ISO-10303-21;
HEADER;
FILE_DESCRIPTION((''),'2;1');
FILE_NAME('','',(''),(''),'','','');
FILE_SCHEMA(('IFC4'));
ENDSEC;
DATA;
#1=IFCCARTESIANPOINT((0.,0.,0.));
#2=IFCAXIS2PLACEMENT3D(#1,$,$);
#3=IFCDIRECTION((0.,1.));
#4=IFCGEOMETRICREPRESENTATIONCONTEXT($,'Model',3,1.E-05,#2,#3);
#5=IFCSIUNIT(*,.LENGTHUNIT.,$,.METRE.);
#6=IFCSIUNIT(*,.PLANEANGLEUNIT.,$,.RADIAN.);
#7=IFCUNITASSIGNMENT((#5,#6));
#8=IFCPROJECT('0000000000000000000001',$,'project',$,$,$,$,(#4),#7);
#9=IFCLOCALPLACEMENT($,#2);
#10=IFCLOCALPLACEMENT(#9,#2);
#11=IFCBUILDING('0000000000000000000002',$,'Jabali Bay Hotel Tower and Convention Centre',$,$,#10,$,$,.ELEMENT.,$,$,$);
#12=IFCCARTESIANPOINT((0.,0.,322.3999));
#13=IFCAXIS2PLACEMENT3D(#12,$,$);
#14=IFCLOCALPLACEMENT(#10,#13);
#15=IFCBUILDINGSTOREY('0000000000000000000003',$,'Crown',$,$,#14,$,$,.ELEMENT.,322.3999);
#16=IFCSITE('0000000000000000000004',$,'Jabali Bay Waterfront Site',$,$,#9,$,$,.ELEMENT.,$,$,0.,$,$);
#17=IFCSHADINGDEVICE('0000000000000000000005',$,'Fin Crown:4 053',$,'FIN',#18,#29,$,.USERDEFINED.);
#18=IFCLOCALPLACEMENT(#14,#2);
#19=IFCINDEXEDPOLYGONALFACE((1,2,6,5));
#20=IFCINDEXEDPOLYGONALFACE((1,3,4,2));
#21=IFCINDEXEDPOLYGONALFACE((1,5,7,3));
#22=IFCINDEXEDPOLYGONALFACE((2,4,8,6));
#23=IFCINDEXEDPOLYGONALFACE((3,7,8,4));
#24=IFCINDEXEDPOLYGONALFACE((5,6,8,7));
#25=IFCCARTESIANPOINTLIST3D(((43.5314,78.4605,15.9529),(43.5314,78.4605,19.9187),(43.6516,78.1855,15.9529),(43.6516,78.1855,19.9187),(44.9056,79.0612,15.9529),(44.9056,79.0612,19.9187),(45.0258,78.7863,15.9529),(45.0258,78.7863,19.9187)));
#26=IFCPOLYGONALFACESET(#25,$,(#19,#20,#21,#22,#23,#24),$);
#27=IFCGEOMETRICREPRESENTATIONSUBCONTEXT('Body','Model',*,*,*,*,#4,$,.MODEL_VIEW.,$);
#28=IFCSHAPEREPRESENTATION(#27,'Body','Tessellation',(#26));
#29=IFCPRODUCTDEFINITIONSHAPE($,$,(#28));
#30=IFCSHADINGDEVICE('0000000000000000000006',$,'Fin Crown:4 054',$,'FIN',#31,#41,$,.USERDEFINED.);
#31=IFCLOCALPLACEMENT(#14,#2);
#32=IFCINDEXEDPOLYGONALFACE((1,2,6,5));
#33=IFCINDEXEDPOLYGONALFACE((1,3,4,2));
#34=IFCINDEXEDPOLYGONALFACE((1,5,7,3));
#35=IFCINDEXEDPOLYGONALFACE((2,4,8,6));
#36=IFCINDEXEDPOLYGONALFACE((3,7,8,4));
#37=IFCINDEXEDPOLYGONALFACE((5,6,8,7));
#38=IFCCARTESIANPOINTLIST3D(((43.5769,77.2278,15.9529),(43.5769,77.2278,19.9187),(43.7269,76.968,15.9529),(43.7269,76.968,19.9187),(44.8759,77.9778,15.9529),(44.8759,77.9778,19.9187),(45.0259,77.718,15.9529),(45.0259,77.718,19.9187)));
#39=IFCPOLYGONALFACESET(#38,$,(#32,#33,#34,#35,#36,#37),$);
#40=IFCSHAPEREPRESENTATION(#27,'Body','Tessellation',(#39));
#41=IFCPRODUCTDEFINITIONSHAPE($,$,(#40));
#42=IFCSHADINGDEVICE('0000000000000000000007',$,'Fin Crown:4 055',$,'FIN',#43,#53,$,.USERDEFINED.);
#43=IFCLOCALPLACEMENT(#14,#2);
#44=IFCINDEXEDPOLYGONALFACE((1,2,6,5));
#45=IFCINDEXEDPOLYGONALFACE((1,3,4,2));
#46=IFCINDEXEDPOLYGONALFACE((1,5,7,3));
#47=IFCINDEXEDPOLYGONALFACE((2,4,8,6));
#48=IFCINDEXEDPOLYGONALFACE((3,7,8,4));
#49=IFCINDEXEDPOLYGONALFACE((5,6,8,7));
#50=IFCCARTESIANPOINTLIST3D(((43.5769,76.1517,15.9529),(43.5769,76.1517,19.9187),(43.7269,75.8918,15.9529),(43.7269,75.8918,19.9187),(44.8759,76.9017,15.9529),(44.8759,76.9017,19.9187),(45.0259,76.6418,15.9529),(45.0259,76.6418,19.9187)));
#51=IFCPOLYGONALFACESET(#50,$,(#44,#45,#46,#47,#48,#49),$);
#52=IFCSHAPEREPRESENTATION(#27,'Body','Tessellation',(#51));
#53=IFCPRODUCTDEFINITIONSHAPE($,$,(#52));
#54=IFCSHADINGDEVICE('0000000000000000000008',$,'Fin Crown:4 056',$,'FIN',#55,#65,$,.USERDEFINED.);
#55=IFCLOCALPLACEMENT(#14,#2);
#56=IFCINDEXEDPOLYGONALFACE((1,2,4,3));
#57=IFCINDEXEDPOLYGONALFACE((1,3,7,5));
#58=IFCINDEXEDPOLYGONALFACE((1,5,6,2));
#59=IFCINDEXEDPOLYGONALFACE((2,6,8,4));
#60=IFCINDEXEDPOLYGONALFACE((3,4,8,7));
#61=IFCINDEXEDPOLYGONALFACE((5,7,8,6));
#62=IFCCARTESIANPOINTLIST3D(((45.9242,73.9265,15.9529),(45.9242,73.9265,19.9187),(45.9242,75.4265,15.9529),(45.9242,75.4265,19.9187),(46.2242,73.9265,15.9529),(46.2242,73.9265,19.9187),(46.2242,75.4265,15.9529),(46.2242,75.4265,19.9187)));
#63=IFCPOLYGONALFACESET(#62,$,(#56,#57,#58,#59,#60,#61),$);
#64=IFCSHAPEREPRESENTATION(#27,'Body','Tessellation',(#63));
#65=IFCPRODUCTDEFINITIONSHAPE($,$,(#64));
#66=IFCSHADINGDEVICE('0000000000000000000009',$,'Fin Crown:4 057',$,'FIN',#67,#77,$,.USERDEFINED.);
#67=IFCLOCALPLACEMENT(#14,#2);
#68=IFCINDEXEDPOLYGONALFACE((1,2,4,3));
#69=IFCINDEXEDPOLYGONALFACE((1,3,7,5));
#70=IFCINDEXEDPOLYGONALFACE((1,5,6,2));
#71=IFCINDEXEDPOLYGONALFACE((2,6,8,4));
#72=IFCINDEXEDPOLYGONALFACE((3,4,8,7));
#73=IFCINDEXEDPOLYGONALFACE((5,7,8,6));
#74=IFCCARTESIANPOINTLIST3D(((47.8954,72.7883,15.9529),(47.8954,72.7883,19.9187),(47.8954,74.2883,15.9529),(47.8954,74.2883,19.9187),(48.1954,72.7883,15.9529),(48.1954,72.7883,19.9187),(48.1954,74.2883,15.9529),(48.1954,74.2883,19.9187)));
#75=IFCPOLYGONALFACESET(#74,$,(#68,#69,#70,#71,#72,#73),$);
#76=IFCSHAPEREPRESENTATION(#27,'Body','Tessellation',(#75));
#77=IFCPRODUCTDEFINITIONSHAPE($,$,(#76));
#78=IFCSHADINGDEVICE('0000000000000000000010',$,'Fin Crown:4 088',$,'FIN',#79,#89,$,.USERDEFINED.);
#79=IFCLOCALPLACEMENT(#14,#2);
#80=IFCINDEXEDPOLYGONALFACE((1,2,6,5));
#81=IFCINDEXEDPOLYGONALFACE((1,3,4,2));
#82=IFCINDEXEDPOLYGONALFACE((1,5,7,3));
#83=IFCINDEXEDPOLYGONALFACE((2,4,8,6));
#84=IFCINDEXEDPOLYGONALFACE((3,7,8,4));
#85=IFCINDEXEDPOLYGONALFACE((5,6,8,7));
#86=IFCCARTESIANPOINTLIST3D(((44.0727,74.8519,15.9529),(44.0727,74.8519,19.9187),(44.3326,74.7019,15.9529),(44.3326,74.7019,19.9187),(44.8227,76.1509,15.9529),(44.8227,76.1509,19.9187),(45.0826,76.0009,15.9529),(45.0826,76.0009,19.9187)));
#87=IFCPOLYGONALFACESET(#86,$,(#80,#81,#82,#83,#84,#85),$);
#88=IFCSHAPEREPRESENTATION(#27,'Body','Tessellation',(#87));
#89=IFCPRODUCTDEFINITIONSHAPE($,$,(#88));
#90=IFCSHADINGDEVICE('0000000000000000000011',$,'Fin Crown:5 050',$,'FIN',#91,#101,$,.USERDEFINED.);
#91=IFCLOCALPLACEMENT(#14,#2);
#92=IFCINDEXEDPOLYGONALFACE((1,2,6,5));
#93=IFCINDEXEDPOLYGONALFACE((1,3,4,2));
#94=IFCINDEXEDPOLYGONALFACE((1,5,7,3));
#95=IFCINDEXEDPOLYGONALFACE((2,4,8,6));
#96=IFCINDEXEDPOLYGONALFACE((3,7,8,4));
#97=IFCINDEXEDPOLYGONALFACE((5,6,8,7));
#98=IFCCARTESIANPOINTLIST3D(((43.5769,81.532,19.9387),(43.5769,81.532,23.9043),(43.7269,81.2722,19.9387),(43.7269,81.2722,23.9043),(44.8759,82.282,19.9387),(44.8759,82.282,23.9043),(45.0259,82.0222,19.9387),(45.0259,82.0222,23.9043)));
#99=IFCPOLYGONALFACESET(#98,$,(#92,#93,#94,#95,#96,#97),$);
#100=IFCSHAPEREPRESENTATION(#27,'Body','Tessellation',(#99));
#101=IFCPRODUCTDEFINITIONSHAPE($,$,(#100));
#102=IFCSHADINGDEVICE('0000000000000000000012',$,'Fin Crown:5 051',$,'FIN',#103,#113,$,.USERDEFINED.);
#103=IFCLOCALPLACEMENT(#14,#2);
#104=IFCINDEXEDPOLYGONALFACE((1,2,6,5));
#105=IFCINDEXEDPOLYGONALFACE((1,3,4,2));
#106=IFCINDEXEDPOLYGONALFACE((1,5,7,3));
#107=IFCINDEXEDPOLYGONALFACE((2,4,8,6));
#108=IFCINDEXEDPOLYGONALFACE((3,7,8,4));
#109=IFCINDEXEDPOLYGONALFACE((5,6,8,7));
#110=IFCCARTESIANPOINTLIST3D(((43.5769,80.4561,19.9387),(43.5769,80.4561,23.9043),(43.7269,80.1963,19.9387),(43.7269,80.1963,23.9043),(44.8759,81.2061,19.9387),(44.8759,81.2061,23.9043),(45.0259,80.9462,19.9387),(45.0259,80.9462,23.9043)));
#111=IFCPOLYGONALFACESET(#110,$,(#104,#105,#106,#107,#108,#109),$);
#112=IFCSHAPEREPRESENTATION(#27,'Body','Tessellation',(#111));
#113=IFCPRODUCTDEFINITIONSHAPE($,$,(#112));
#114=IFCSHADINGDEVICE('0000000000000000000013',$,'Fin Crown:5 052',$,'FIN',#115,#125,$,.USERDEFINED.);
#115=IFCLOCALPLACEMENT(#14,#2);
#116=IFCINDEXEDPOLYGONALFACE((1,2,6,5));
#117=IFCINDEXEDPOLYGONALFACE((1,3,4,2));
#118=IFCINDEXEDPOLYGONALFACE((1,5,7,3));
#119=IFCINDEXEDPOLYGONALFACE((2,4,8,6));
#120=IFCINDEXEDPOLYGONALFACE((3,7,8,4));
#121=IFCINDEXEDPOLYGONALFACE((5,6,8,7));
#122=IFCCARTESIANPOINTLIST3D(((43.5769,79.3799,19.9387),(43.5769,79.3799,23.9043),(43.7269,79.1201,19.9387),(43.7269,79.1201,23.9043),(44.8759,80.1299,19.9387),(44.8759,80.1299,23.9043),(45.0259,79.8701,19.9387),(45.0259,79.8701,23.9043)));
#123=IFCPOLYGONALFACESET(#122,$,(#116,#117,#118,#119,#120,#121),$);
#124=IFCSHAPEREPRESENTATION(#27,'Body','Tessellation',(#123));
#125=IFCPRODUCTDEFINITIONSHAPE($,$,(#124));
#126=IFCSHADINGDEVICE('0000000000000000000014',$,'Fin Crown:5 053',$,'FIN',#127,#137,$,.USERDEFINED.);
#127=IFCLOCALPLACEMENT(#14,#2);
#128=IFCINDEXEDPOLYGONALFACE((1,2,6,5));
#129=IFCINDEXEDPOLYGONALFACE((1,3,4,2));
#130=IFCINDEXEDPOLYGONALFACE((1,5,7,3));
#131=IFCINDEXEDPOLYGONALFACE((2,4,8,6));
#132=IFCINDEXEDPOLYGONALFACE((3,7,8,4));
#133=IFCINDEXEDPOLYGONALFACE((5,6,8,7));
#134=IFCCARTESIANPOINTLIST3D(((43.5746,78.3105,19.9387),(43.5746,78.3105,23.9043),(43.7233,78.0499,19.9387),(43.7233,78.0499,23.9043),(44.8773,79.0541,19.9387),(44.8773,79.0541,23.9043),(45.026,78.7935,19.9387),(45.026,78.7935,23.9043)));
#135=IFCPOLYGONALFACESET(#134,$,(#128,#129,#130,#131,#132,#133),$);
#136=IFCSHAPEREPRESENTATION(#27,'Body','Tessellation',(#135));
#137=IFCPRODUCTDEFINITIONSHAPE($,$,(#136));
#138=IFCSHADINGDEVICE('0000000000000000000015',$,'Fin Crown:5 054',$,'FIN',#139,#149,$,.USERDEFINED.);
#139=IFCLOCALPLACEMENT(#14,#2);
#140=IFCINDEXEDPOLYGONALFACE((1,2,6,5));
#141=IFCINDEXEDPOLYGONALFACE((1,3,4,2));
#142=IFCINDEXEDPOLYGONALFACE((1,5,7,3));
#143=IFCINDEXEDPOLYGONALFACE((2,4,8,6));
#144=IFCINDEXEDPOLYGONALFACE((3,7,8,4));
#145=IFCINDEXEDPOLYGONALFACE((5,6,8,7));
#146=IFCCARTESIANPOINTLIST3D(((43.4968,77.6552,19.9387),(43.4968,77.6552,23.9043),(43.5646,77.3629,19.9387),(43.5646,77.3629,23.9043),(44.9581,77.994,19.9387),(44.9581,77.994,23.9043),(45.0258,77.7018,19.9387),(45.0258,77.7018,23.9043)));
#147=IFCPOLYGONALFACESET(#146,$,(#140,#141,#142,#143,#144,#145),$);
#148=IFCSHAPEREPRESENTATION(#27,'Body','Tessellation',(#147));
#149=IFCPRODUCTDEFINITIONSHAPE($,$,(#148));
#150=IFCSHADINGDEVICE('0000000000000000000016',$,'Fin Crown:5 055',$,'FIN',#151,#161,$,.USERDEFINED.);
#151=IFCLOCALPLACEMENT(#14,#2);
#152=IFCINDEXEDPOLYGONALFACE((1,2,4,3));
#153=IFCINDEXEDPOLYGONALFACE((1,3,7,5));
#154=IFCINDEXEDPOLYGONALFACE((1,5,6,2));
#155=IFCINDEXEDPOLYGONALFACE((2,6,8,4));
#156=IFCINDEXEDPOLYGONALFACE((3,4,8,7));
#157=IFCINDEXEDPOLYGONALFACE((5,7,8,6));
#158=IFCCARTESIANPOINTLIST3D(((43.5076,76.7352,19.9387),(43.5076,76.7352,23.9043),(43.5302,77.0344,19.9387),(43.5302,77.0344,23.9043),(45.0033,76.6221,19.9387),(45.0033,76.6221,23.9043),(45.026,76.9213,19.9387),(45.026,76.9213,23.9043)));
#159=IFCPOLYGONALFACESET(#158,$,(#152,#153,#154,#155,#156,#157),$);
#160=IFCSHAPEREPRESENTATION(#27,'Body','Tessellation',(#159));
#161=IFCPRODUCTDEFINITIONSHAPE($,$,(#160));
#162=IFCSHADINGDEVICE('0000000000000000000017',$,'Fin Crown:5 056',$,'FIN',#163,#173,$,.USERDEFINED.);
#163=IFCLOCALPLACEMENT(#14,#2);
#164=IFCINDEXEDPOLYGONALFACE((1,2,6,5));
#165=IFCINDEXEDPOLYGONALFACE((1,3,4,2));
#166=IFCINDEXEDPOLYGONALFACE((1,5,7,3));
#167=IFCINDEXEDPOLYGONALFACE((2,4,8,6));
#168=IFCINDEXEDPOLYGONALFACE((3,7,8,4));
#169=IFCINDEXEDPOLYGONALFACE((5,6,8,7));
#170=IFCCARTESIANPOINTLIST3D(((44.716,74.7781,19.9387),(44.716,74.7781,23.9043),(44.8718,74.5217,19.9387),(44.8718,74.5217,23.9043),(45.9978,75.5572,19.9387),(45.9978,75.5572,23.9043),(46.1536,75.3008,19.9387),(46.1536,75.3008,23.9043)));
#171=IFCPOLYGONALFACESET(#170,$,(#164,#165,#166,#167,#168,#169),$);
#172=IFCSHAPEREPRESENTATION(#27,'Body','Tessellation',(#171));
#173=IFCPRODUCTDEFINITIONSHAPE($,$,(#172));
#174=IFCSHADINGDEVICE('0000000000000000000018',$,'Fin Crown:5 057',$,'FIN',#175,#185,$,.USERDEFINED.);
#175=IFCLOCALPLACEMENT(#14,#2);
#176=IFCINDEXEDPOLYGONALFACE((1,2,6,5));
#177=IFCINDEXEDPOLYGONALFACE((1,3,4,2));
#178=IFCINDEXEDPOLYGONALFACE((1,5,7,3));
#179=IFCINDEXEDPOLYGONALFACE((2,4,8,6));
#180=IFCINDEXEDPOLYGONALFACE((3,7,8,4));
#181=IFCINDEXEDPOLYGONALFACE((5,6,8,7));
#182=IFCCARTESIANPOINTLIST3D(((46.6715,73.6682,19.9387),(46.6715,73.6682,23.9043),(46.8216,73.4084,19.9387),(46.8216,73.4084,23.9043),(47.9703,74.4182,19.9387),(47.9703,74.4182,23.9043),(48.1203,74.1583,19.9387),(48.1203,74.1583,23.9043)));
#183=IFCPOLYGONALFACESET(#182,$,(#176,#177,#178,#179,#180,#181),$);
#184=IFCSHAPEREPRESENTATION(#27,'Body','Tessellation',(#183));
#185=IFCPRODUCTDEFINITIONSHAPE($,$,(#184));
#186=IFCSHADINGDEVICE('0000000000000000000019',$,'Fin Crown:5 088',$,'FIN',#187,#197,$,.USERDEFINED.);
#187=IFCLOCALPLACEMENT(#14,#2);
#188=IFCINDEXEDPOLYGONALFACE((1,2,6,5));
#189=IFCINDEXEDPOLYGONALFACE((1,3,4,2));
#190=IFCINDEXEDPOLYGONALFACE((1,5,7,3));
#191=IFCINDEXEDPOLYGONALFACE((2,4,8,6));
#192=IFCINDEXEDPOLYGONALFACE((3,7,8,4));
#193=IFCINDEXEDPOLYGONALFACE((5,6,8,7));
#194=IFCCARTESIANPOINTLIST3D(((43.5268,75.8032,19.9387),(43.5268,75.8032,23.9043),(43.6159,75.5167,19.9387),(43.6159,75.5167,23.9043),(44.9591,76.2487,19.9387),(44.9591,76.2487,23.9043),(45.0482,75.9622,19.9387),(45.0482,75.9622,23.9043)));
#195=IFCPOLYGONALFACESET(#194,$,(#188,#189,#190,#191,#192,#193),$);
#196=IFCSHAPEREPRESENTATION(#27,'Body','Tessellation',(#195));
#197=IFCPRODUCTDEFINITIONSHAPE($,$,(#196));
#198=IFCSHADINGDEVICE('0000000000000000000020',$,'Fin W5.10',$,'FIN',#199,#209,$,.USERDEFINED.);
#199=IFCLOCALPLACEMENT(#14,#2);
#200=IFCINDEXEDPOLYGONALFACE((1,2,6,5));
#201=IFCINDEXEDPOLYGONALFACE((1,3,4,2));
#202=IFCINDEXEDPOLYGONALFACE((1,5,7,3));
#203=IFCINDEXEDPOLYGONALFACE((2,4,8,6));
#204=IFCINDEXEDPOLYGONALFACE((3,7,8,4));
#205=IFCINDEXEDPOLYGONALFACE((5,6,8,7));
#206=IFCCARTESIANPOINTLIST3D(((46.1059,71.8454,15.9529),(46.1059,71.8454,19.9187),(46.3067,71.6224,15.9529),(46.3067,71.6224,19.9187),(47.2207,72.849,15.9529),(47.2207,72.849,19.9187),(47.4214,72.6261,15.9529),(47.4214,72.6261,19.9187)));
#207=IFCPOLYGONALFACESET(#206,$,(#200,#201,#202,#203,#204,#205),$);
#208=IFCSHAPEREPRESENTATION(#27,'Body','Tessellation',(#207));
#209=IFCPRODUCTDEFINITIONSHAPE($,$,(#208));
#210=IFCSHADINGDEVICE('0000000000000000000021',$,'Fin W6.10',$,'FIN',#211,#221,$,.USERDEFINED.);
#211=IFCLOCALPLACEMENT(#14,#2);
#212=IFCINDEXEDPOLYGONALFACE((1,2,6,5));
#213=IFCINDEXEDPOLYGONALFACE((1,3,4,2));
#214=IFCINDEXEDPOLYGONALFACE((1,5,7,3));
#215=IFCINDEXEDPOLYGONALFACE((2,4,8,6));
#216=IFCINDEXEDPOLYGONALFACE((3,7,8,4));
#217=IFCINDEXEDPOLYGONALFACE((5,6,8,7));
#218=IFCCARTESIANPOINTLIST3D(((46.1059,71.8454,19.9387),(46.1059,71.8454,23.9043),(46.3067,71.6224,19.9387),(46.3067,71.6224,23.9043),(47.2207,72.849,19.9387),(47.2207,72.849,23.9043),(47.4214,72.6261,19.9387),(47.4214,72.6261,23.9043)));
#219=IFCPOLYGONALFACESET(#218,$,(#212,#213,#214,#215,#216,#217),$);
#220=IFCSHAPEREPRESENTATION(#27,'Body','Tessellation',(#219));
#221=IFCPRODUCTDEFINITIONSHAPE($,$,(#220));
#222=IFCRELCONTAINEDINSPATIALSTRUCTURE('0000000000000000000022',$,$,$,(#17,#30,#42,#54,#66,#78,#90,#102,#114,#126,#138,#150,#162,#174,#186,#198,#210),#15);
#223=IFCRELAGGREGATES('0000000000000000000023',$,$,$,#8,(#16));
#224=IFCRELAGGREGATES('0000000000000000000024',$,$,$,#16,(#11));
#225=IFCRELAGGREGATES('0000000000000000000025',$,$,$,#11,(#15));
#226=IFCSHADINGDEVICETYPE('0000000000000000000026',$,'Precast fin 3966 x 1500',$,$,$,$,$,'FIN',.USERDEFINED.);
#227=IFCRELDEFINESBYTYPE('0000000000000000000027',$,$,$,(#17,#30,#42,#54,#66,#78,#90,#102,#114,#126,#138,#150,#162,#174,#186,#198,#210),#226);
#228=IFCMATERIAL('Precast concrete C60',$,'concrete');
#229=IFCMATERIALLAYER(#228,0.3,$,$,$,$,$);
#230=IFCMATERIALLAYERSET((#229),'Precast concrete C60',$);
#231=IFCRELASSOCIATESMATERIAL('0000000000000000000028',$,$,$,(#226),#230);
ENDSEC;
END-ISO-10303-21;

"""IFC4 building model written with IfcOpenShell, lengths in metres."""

from ifc_helpers import new_model, si_unit, direction, frame, frame_2d, origin, place, context, subcontext, project, spatial, rectangle, extrude, material, layer, layer_set, type_object, element, save


model = new_model("IFC4")

# Units and contexts
model_context = context("Model", 3, precision=1e-05, world=origin(), true_north=direction((0.0, 1.0)))
body_context = subcontext(model_context, "Body", "Model", "MODEL_VIEW")
ifc_project = project(units=[si_unit("LENGTHUNIT", "METRE"), si_unit("PLANEANGLEUNIT", "RADIAN")], contexts=[model_context])

# Site, building, storey
site_placement = place(None, origin())
site = spatial("IfcSite", under=ifc_project, at=site_placement, Name="Jabali Bay Waterfront Site", CompositionType="ELEMENT", RefElevation=0.0)
building_placement = place(site_placement, origin())
building = spatial("IfcBuilding", under=site, at=building_placement, Name="Jabali Bay Hotel Tower and Convention Centre", CompositionType="ELEMENT")
storey_placement = place(building_placement, frame((0.0, 0.0, 322.3999)))
storey = spatial("IfcBuildingStorey", under=building, at=storey_placement, Name="Crown", CompositionType="ELEMENT", Elevation=322.3999)

# Shading devices
ifc_material_1 = material(Name="Precast concrete C60", Category="concrete")
ifc_layer = layer(ifc_material_1, 0.3)
ifc_layer_set = layer_set([ifc_layer], Name="Precast concrete C60")
shading_device_type = type_object("IfcShadingDeviceType", Name="Precast fin 3966 x 1500", ElementType="FIN", PredefinedType="USERDEFINED", material=ifc_layer_set)
shading_device_1_placement = place(storey_placement, frame((44.9658, 78.9238, 15.9529), z_axis=(0.0, 0.0, 1.0), x_axis=(-0.916258, -0.400588, 0.0)))
element("IfcShadingDevice", 1, at=shading_device_1_placement, inside=storey, type_object=shading_device_type, Name="Fin Crown:4 053", ObjectType="FIN", PredefinedType="USERDEFINED", context=body_context, shape_type="SweptSolid", body=[
    extrude(rectangle(XDim=1.4998, YDim=0.3, at=frame_2d((0.75, 0.0))), origin(), (0.0, 0.0, 1.0), 3.9658),
])
for number, where, z_axis, x_axis, name in (
    (2, (44.9509, 77.8479, 15.9529), (0.0, 0.0, 1.0), (-0.866031, -0.49999, 0.0), "Fin Crown:4 054"),
    (3, (44.9509, 76.7717, 15.9529), (0.0, 0.0, 1.0), (-0.866031, -0.49999, 0.0), "Fin Crown:4 055"),
    (4, (46.0742, 75.4265, 15.9529), (0.0, 0.0, 1.0), (0.0, -1.0, 0.0), "Fin Crown:4 056"),
    (5, (48.0454, 74.2883, 15.9529), (0.0, 0.0, 1.0), (0.0, -1.0, 0.0), "Fin Crown:4 057"),
    (6, (44.9526, 76.0759, 15.9529), (0.0, 0.0, 1.0), (-0.49999, -0.866031, 0.0), "Fin Crown:4 088"),
):
    element("IfcShadingDevice", number, at=place(storey_placement, frame(where, z_axis=z_axis, x_axis=x_axis)), inside=storey, type_object=shading_device_type, Name=name, ObjectType="FIN", PredefinedType="USERDEFINED", context=body_context, shape_type="SweptSolid", body=[
        extrude(rectangle(XDim=1.5, YDim=0.3, at=frame_2d((0.75, 0.0))), origin(), (0.0, 0.0, 1.0), 3.9658),
    ])
for number, where, z_axis, x_axis, name in (
    (7, (44.9509, 82.1521, 19.9387), (0.0, 0.0, 1.0), (-0.866031, -0.49999, 0.0), "Fin Crown:5 050"),
    (8, (44.9509, 81.0762, 19.9387), (0.0, 0.0, 1.0), (-0.866031, -0.49999, 0.0), "Fin Crown:5 051"),
    (9, (44.9509, 80.0, 19.9387), (0.0, 0.0, 1.0), (-0.866031, -0.49999, 0.0), "Fin Crown:5 052"),
    (10, (44.9517, 78.9238, 19.9387), (0.0, 0.0, 1.0), (-0.868463, -0.495753, 0.0), "Fin Crown:5 053"),
    (11, (44.9919, 77.8479, 19.9387), (0.0, 0.0, 1.0), (-0.974146, -0.225917, 0.0), "Fin Crown:5 054"),
    (12, (45.0146, 76.7717, 19.9387), (0.0, 0.0, 1.0), (-0.997157, 0.075352, 0.0), "Fin Crown:5 055"),
    (13, (46.0757, 75.429, 19.9387), (0.0, 0.0, 1.0), (-0.854535, -0.519394, 0.0), "Fin Crown:5 056"),
):
    element("IfcShadingDevice", number, at=place(storey_placement, frame(where, z_axis=z_axis, x_axis=x_axis)), inside=storey, type_object=shading_device_type, Name=name, ObjectType="FIN", PredefinedType="USERDEFINED", context=body_context, shape_type="SweptSolid", body=[
        extrude(rectangle(XDim=1.5, YDim=0.3, at=frame_2d((0.75, 0.0))), origin(), (0.0, 0.0, 1.0), 3.9656),
    ])
shading_device_2_placement = place(storey_placement, frame((48.0454, 74.2883, 19.9387), z_axis=(0.0, 0.0, 1.0), x_axis=(-0.86599, -0.500061, 0.0)))
element("IfcShadingDevice", 14, at=shading_device_2_placement, inside=storey, type_object=shading_device_type, Name="Fin Crown:5 057", ObjectType="FIN", PredefinedType="USERDEFINED", context=body_context, shape_type="SweptSolid", body=[
    extrude(rectangle(XDim=1.4998, YDim=0.3, at=frame_2d((0.75, 0.0))), origin(), (0.0, 0.0, 1.0), 3.9656),
])
shading_device_3_placement = place(storey_placement, frame((45.0037, 76.1055, 19.9387), z_axis=(0.0, 0.0, 1.0), x_axis=(-0.95487, -0.297024, 0.0)))
element("IfcShadingDevice", 15, at=shading_device_3_placement, inside=storey, type_object=shading_device_type, Name="Fin Crown:5 088", ObjectType="FIN", PredefinedType="USERDEFINED", context=body_context, shape_type="SweptSolid", body=[
    extrude(rectangle(XDim=1.5, YDim=0.3, at=frame_2d((0.75, 0.0))), origin(), (0.0, 0.0, 1.0), 3.9656),
])
shading_device_4_placement = place(storey_placement, frame((47.321, 72.7375, 15.9529), z_axis=(0.0, 0.0, 1.0), x_axis=(-0.743165, -0.669109, 0.0)))
element("IfcShadingDevice", 16, at=shading_device_4_placement, inside=storey, type_object=shading_device_type, Name="Fin W5.10", ObjectType="FIN", PredefinedType="USERDEFINED", context=body_context, shape_type="SweptSolid", body=[
    extrude(rectangle(XDim=1.5, YDim=0.3, at=frame_2d((0.75, 0.0))), origin(), (0.0, 0.0, 1.0), 3.9658),
])
shading_device_5_placement = place(storey_placement, frame((47.321, 72.7375, 19.9387), z_axis=(0.0, 0.0, 1.0), x_axis=(-0.743165, -0.669109, 0.0)))
element("IfcShadingDevice", 17, at=shading_device_5_placement, inside=storey, type_object=shading_device_type, Name="Fin W6.10", ObjectType="FIN", PredefinedType="USERDEFINED", context=body_context, shape_type="SweptSolid", body=[
    extrude(rectangle(XDim=1.5, YDim=0.3, at=frame_2d((0.75, 0.0))), origin(), (0.0, 0.0, 1.0), 3.9656),
])

save(model, "model.ifc")
